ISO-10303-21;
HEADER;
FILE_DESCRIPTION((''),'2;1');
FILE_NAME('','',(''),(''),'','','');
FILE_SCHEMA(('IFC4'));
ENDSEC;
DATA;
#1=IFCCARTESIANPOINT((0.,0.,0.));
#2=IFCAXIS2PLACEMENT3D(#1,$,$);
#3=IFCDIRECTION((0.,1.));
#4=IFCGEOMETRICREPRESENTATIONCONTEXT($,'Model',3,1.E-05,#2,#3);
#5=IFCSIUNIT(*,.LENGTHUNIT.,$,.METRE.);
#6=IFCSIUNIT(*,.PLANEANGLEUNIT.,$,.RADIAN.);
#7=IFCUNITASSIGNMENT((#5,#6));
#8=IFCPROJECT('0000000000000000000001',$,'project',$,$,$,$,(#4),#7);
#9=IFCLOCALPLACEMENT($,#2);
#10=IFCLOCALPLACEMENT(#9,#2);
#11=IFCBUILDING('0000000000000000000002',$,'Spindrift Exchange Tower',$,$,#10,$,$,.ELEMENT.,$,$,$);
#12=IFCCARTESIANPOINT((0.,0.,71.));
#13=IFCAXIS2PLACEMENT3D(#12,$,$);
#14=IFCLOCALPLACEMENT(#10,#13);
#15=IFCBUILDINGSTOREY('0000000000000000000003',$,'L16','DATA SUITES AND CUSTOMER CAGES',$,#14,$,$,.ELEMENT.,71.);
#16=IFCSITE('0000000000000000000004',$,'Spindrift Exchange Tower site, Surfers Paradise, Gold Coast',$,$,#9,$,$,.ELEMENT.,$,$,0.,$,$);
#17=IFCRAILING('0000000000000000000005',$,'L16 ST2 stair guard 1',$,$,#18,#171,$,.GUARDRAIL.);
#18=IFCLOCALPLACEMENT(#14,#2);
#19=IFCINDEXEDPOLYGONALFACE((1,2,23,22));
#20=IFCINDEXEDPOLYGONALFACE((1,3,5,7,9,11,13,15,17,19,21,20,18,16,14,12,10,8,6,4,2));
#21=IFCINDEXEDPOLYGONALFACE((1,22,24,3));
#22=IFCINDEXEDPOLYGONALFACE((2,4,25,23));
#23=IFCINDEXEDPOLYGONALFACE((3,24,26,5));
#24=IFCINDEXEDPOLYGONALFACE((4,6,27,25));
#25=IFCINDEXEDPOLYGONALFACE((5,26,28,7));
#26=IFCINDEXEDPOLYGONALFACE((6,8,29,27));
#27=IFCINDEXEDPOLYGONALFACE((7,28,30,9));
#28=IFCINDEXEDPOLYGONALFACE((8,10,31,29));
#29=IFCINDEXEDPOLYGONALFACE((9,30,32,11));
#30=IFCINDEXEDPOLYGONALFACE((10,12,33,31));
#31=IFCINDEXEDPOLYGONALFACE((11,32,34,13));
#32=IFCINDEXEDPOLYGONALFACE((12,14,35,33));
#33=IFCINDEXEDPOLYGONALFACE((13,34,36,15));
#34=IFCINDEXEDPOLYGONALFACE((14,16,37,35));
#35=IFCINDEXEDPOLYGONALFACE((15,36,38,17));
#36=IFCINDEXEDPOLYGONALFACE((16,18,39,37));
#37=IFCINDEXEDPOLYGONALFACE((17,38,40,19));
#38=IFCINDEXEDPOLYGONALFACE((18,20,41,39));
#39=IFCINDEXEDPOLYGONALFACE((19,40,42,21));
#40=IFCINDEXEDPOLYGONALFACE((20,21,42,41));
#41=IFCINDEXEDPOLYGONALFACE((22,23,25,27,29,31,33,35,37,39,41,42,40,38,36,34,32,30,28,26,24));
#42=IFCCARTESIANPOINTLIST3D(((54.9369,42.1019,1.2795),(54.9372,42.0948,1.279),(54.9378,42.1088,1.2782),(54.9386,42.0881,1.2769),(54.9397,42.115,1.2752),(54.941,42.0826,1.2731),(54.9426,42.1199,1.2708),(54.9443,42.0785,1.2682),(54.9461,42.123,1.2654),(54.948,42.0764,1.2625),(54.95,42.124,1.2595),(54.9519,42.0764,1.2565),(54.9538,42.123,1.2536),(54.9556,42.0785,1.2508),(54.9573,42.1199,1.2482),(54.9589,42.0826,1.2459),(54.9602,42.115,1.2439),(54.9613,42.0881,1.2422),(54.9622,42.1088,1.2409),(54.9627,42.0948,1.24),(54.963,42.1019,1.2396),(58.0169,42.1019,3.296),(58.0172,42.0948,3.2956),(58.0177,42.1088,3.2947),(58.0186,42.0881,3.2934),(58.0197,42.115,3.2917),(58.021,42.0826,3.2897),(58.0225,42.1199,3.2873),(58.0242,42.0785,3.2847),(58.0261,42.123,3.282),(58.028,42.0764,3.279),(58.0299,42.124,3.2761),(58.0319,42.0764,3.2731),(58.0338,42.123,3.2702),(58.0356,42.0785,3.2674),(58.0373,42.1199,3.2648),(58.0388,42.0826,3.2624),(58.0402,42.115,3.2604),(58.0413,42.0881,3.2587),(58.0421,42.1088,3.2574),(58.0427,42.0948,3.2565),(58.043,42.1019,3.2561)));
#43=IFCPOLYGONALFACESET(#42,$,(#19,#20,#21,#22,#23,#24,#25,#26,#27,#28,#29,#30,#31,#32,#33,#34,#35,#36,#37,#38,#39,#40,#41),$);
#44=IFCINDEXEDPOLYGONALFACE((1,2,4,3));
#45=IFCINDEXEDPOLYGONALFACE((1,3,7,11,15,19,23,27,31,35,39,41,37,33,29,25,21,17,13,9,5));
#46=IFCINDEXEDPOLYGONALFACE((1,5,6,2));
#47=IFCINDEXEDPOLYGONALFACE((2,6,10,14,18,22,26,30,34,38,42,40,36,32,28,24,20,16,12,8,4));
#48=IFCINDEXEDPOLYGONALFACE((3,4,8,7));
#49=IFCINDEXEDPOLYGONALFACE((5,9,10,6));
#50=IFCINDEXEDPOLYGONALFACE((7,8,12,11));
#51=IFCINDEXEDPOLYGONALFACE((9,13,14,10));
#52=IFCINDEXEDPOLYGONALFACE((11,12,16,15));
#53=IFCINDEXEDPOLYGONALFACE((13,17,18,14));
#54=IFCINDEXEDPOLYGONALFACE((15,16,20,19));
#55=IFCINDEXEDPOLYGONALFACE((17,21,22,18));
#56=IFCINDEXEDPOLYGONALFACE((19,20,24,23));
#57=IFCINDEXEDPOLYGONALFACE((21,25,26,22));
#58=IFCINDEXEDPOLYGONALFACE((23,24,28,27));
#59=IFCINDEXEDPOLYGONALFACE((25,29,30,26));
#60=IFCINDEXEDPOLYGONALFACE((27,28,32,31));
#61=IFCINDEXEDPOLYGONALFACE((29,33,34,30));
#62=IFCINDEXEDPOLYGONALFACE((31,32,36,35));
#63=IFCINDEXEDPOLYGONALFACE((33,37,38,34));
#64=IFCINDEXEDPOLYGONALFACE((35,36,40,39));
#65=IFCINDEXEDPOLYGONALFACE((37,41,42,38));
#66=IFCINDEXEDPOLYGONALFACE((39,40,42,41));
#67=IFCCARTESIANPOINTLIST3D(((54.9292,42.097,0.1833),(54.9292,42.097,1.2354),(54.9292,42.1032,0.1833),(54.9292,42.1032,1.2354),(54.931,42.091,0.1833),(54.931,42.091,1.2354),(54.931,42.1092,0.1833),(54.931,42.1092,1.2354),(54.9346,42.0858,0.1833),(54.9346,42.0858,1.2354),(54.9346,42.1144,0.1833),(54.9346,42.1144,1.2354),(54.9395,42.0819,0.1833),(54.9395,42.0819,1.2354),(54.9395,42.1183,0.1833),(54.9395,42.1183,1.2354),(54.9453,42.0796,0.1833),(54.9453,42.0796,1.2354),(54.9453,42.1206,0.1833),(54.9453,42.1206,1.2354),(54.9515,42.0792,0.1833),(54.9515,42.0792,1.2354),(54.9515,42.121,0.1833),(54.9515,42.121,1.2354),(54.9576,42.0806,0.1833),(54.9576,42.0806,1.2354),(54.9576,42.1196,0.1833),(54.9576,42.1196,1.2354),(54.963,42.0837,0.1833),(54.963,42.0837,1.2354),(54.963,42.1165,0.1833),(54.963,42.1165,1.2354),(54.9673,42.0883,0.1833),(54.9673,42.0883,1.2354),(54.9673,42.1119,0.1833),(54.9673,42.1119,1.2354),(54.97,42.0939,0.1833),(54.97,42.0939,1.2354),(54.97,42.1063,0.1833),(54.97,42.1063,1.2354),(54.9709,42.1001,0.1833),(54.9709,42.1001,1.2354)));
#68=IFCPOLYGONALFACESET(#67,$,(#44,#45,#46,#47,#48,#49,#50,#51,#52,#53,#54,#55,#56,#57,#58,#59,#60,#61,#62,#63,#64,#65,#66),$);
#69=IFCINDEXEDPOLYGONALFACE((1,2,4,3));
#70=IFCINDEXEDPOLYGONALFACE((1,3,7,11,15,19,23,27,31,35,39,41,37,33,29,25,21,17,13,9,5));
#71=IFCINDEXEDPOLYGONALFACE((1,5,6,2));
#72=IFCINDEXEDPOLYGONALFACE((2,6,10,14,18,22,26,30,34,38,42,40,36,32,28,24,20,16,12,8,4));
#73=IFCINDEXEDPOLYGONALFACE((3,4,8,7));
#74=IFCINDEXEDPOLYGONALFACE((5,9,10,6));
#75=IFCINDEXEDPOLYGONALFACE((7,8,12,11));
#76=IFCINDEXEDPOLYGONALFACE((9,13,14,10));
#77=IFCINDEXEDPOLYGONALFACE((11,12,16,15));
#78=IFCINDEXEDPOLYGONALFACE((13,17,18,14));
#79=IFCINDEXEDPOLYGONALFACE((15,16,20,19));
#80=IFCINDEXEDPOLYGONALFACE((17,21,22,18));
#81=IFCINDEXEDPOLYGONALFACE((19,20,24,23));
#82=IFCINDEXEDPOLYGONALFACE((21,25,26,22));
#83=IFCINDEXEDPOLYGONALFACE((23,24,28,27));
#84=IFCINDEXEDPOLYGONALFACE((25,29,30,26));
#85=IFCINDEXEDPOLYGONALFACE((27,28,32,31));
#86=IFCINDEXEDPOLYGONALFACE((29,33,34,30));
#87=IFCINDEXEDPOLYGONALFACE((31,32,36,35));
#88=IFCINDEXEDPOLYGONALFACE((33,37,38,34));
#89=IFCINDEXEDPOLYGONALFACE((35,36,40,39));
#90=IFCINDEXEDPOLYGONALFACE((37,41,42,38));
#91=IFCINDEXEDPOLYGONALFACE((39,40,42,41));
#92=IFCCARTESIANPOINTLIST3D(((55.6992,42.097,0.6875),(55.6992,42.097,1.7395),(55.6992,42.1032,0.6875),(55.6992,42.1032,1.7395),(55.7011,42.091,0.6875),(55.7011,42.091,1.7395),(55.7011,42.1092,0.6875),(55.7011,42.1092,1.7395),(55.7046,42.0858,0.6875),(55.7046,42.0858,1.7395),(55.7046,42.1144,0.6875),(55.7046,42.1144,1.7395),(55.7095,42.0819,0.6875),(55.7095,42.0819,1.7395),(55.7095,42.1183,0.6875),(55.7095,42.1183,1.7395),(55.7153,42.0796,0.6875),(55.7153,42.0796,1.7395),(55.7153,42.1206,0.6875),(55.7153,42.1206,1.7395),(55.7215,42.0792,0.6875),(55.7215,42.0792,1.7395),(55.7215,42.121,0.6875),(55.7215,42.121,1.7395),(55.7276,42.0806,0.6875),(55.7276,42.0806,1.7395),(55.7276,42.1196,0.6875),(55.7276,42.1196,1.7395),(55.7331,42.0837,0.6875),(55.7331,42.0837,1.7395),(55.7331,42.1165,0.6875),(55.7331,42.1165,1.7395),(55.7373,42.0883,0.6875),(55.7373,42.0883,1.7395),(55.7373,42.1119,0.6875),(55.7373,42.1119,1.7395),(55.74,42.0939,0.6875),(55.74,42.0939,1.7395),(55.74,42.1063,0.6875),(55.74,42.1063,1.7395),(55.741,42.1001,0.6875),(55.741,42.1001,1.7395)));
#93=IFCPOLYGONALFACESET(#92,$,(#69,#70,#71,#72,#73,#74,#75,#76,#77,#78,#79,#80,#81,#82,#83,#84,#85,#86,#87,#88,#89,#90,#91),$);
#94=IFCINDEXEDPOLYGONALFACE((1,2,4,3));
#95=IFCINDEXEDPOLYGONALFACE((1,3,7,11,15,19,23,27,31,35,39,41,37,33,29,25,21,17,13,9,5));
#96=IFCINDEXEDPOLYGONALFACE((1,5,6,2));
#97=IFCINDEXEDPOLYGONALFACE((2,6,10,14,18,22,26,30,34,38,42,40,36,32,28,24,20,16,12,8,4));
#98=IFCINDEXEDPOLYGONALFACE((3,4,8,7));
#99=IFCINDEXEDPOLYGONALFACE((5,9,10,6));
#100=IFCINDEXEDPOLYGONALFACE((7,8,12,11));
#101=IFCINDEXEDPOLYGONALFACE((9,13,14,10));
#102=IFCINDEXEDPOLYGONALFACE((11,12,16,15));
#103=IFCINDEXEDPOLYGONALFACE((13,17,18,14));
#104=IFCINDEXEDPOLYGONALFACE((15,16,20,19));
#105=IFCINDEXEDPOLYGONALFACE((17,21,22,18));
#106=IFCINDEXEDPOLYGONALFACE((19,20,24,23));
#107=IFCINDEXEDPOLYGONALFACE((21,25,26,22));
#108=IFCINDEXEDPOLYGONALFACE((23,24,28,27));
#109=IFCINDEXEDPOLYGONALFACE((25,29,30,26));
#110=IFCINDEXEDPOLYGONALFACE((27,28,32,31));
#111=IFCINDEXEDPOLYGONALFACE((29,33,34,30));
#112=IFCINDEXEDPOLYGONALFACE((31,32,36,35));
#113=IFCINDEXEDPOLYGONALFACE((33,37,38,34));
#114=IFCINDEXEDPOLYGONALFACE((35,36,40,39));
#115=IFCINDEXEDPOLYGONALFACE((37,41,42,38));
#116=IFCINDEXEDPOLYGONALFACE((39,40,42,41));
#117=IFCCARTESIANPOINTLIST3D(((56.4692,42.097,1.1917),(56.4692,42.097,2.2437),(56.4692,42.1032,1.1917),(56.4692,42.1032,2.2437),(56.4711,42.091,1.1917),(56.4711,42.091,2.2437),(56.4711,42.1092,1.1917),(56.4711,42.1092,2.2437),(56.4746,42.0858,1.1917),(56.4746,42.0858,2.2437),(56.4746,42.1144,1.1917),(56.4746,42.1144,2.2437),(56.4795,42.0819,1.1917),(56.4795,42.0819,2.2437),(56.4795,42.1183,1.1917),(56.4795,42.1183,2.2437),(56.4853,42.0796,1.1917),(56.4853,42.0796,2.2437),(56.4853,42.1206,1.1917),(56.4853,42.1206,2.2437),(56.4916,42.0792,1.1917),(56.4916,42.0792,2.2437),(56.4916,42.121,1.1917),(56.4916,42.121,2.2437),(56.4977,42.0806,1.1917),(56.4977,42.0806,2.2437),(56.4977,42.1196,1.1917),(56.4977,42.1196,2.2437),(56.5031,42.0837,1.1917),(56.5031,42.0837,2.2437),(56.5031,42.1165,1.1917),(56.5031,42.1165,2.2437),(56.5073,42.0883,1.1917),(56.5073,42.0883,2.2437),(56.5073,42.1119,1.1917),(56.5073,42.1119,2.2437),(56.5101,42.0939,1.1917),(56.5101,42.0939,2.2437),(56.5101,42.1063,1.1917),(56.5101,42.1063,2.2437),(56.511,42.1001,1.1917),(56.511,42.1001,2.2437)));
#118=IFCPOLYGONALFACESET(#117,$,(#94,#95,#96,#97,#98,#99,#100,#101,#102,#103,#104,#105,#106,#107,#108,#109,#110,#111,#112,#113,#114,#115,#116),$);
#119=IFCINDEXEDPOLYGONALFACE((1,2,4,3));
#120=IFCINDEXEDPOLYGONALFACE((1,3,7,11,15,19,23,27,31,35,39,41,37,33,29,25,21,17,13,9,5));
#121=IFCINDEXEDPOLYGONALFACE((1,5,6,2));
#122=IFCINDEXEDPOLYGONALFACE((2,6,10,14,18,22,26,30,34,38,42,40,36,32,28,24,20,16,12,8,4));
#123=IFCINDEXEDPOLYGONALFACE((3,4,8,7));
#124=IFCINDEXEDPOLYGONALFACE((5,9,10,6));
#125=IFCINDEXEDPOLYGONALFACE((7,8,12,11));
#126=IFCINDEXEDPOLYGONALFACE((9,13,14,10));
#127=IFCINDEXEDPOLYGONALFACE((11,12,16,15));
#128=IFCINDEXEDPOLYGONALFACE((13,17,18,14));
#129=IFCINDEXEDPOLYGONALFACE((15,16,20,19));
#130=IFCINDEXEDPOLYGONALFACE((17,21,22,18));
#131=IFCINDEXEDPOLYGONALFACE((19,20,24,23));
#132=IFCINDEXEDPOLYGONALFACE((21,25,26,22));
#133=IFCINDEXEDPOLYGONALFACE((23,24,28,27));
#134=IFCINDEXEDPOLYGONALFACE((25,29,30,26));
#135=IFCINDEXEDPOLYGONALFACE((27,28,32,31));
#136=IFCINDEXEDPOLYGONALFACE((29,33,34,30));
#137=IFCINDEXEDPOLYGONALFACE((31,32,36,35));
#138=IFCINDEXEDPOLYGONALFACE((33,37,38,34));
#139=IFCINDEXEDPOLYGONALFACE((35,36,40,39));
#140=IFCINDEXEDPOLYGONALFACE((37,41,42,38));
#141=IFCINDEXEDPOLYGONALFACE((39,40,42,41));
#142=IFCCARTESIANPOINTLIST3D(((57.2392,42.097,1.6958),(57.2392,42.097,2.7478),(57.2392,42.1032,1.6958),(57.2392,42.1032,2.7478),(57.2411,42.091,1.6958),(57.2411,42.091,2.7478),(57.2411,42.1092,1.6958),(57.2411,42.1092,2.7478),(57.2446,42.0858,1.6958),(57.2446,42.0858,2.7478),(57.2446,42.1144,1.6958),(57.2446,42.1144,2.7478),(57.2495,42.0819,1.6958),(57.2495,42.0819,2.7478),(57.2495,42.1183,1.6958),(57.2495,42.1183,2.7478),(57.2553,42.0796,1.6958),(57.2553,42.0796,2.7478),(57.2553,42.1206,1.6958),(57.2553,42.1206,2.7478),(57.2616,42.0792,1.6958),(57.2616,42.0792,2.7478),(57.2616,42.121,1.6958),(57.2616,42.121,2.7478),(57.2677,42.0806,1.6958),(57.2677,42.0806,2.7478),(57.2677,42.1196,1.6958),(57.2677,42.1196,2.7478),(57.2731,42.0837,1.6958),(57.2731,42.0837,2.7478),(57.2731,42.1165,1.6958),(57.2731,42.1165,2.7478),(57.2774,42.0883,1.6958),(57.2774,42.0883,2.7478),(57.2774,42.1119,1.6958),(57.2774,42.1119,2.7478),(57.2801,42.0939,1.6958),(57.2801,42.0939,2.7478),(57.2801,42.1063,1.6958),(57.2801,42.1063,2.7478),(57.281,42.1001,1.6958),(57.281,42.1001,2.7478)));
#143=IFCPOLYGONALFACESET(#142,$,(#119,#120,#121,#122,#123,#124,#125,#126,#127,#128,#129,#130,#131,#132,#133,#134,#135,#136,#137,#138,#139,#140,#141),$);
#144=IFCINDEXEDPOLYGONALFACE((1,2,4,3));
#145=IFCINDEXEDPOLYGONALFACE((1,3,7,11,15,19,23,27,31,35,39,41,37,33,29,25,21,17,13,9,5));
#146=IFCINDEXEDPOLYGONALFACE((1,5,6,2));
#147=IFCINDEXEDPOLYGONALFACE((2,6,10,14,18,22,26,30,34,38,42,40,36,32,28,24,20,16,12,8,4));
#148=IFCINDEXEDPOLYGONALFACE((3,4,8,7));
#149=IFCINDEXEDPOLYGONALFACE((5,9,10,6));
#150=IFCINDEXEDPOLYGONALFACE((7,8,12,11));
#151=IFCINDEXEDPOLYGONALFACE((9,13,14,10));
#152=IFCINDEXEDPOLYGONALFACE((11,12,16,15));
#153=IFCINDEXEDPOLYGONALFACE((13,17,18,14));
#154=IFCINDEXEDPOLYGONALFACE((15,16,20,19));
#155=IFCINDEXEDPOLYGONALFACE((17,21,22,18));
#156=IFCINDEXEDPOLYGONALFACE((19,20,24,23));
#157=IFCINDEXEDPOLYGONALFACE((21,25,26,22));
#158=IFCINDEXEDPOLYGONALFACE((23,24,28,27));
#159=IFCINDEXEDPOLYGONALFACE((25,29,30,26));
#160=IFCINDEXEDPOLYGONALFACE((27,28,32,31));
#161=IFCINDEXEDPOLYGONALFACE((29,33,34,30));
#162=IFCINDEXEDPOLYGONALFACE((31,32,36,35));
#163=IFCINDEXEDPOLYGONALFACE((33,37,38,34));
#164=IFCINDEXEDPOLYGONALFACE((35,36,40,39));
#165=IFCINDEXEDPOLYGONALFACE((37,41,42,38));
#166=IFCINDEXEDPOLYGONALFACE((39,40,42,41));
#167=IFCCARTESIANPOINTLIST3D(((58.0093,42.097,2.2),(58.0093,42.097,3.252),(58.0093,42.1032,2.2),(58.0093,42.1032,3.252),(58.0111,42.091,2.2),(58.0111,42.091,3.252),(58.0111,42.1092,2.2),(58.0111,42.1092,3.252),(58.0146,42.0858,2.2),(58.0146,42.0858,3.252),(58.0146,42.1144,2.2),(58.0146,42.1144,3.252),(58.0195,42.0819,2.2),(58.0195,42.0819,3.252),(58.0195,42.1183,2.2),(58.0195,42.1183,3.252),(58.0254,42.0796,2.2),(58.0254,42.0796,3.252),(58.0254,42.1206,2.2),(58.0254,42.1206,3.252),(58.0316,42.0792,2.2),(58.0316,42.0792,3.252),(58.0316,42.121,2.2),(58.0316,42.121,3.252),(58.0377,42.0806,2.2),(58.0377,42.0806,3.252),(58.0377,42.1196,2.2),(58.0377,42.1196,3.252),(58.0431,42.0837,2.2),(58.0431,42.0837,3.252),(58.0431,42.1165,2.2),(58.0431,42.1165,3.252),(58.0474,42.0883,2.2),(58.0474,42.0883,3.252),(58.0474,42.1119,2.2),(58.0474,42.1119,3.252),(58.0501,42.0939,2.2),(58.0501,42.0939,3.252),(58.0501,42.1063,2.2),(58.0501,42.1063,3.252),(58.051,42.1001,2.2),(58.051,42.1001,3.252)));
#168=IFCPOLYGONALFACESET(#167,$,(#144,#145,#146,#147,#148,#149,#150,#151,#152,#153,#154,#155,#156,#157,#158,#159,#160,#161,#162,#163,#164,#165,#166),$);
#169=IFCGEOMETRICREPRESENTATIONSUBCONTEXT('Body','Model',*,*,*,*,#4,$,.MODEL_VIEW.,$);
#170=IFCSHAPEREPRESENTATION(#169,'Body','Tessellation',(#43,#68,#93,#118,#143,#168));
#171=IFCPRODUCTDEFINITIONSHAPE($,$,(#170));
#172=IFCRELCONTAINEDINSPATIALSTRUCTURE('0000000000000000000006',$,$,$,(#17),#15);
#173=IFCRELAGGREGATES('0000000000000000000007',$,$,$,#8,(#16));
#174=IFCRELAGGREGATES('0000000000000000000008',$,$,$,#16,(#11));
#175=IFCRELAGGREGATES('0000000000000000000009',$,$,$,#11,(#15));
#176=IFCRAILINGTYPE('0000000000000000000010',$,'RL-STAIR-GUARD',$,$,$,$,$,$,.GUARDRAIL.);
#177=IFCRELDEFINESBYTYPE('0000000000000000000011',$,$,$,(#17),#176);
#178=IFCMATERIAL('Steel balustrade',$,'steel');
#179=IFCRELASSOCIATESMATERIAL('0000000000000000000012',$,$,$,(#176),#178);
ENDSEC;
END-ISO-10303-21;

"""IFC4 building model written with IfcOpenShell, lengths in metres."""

from ifc_helpers import new_model, si_unit, direction, frame, origin, origin_2d, place, context, subcontext, project, spatial, circle, extrude, material, type_object, element, save


model = new_model("IFC4")

# Units and contexts
model_context = context("Model", 3, precision=1e-05, world=origin(), true_north=direction((0.0, 1.0)))
body_context = subcontext(model_context, "Body", "Model", "MODEL_VIEW")
ifc_project = project(units=[si_unit("LENGTHUNIT", "METRE"), si_unit("PLANEANGLEUNIT", "RADIAN")], contexts=[model_context])

# Site, building, storey
site_placement = place(None, origin())
site = spatial("IfcSite", under=ifc_project, at=site_placement, Name="Spindrift Exchange Tower site, Surfers Paradise, Gold Coast", CompositionType="ELEMENT", RefElevation=0.0)
building_placement = place(site_placement, origin())
building = spatial("IfcBuilding", under=site, at=building_placement, Name="Spindrift Exchange Tower", CompositionType="ELEMENT")
storey_placement = place(building_placement, frame((0.0, 0.0, 71.0)))
storey = spatial("IfcBuildingStorey", under=building, at=storey_placement, Name="L16", Description="DATA SUITES AND CUSTOMER CAGES", CompositionType="ELEMENT", Elevation=71.0)

# Railing
ifc_material_1 = material(Name="Steel balustrade", Category="steel")
railing_type_1 = type_object("IfcRailingType", Name="RL-STAIR-GUARD", PredefinedType="GUARDRAIL", material=ifc_material_1)
railing_1_placement = place(storey_placement, frame((54.95, 42.1001, 0.1833)))
element("IfcRailing", 1, at=railing_1_placement, inside=storey, type_object=railing_type_1, Name="L16 ST2 stair guard 1", PredefinedType="GUARDRAIL", context=body_context, shape_type="SweptSolid", body=[
    extrude(circle(Radius=0.0239, at=origin_2d()), frame((0.0, 0.0, 1.0762), z_axis=(0.836633, 0.0, 0.547764), x_axis=(0.0, 1.0, 0.0)), (0.0, 0.0, 1.0), 3.6814),
    extrude(circle(Radius=0.021, at=origin_2d()), origin(), (0.0, 0.0, 1.0), 1.052),
    extrude(circle(Radius=0.021, at=origin_2d()), frame((0.77, 0.0, 0.5042)), (0.0, 0.0, 1.0), 1.052),
    extrude(circle(Radius=0.021, at=origin_2d()), frame((1.54, 0.0, 1.0083)), (0.0, 0.0, 1.0), 1.052),
    extrude(circle(Radius=0.021, at=origin_2d()), frame((2.3101, 0.0, 1.5125)), (0.0, 0.0, 1.0), 1.052),
    extrude(circle(Radius=0.021, at=origin_2d()), frame((3.0801, 0.0, 2.0166)), (0.0, 0.0, 1.0), 1.052),
])

save(model, "model.ifc")
